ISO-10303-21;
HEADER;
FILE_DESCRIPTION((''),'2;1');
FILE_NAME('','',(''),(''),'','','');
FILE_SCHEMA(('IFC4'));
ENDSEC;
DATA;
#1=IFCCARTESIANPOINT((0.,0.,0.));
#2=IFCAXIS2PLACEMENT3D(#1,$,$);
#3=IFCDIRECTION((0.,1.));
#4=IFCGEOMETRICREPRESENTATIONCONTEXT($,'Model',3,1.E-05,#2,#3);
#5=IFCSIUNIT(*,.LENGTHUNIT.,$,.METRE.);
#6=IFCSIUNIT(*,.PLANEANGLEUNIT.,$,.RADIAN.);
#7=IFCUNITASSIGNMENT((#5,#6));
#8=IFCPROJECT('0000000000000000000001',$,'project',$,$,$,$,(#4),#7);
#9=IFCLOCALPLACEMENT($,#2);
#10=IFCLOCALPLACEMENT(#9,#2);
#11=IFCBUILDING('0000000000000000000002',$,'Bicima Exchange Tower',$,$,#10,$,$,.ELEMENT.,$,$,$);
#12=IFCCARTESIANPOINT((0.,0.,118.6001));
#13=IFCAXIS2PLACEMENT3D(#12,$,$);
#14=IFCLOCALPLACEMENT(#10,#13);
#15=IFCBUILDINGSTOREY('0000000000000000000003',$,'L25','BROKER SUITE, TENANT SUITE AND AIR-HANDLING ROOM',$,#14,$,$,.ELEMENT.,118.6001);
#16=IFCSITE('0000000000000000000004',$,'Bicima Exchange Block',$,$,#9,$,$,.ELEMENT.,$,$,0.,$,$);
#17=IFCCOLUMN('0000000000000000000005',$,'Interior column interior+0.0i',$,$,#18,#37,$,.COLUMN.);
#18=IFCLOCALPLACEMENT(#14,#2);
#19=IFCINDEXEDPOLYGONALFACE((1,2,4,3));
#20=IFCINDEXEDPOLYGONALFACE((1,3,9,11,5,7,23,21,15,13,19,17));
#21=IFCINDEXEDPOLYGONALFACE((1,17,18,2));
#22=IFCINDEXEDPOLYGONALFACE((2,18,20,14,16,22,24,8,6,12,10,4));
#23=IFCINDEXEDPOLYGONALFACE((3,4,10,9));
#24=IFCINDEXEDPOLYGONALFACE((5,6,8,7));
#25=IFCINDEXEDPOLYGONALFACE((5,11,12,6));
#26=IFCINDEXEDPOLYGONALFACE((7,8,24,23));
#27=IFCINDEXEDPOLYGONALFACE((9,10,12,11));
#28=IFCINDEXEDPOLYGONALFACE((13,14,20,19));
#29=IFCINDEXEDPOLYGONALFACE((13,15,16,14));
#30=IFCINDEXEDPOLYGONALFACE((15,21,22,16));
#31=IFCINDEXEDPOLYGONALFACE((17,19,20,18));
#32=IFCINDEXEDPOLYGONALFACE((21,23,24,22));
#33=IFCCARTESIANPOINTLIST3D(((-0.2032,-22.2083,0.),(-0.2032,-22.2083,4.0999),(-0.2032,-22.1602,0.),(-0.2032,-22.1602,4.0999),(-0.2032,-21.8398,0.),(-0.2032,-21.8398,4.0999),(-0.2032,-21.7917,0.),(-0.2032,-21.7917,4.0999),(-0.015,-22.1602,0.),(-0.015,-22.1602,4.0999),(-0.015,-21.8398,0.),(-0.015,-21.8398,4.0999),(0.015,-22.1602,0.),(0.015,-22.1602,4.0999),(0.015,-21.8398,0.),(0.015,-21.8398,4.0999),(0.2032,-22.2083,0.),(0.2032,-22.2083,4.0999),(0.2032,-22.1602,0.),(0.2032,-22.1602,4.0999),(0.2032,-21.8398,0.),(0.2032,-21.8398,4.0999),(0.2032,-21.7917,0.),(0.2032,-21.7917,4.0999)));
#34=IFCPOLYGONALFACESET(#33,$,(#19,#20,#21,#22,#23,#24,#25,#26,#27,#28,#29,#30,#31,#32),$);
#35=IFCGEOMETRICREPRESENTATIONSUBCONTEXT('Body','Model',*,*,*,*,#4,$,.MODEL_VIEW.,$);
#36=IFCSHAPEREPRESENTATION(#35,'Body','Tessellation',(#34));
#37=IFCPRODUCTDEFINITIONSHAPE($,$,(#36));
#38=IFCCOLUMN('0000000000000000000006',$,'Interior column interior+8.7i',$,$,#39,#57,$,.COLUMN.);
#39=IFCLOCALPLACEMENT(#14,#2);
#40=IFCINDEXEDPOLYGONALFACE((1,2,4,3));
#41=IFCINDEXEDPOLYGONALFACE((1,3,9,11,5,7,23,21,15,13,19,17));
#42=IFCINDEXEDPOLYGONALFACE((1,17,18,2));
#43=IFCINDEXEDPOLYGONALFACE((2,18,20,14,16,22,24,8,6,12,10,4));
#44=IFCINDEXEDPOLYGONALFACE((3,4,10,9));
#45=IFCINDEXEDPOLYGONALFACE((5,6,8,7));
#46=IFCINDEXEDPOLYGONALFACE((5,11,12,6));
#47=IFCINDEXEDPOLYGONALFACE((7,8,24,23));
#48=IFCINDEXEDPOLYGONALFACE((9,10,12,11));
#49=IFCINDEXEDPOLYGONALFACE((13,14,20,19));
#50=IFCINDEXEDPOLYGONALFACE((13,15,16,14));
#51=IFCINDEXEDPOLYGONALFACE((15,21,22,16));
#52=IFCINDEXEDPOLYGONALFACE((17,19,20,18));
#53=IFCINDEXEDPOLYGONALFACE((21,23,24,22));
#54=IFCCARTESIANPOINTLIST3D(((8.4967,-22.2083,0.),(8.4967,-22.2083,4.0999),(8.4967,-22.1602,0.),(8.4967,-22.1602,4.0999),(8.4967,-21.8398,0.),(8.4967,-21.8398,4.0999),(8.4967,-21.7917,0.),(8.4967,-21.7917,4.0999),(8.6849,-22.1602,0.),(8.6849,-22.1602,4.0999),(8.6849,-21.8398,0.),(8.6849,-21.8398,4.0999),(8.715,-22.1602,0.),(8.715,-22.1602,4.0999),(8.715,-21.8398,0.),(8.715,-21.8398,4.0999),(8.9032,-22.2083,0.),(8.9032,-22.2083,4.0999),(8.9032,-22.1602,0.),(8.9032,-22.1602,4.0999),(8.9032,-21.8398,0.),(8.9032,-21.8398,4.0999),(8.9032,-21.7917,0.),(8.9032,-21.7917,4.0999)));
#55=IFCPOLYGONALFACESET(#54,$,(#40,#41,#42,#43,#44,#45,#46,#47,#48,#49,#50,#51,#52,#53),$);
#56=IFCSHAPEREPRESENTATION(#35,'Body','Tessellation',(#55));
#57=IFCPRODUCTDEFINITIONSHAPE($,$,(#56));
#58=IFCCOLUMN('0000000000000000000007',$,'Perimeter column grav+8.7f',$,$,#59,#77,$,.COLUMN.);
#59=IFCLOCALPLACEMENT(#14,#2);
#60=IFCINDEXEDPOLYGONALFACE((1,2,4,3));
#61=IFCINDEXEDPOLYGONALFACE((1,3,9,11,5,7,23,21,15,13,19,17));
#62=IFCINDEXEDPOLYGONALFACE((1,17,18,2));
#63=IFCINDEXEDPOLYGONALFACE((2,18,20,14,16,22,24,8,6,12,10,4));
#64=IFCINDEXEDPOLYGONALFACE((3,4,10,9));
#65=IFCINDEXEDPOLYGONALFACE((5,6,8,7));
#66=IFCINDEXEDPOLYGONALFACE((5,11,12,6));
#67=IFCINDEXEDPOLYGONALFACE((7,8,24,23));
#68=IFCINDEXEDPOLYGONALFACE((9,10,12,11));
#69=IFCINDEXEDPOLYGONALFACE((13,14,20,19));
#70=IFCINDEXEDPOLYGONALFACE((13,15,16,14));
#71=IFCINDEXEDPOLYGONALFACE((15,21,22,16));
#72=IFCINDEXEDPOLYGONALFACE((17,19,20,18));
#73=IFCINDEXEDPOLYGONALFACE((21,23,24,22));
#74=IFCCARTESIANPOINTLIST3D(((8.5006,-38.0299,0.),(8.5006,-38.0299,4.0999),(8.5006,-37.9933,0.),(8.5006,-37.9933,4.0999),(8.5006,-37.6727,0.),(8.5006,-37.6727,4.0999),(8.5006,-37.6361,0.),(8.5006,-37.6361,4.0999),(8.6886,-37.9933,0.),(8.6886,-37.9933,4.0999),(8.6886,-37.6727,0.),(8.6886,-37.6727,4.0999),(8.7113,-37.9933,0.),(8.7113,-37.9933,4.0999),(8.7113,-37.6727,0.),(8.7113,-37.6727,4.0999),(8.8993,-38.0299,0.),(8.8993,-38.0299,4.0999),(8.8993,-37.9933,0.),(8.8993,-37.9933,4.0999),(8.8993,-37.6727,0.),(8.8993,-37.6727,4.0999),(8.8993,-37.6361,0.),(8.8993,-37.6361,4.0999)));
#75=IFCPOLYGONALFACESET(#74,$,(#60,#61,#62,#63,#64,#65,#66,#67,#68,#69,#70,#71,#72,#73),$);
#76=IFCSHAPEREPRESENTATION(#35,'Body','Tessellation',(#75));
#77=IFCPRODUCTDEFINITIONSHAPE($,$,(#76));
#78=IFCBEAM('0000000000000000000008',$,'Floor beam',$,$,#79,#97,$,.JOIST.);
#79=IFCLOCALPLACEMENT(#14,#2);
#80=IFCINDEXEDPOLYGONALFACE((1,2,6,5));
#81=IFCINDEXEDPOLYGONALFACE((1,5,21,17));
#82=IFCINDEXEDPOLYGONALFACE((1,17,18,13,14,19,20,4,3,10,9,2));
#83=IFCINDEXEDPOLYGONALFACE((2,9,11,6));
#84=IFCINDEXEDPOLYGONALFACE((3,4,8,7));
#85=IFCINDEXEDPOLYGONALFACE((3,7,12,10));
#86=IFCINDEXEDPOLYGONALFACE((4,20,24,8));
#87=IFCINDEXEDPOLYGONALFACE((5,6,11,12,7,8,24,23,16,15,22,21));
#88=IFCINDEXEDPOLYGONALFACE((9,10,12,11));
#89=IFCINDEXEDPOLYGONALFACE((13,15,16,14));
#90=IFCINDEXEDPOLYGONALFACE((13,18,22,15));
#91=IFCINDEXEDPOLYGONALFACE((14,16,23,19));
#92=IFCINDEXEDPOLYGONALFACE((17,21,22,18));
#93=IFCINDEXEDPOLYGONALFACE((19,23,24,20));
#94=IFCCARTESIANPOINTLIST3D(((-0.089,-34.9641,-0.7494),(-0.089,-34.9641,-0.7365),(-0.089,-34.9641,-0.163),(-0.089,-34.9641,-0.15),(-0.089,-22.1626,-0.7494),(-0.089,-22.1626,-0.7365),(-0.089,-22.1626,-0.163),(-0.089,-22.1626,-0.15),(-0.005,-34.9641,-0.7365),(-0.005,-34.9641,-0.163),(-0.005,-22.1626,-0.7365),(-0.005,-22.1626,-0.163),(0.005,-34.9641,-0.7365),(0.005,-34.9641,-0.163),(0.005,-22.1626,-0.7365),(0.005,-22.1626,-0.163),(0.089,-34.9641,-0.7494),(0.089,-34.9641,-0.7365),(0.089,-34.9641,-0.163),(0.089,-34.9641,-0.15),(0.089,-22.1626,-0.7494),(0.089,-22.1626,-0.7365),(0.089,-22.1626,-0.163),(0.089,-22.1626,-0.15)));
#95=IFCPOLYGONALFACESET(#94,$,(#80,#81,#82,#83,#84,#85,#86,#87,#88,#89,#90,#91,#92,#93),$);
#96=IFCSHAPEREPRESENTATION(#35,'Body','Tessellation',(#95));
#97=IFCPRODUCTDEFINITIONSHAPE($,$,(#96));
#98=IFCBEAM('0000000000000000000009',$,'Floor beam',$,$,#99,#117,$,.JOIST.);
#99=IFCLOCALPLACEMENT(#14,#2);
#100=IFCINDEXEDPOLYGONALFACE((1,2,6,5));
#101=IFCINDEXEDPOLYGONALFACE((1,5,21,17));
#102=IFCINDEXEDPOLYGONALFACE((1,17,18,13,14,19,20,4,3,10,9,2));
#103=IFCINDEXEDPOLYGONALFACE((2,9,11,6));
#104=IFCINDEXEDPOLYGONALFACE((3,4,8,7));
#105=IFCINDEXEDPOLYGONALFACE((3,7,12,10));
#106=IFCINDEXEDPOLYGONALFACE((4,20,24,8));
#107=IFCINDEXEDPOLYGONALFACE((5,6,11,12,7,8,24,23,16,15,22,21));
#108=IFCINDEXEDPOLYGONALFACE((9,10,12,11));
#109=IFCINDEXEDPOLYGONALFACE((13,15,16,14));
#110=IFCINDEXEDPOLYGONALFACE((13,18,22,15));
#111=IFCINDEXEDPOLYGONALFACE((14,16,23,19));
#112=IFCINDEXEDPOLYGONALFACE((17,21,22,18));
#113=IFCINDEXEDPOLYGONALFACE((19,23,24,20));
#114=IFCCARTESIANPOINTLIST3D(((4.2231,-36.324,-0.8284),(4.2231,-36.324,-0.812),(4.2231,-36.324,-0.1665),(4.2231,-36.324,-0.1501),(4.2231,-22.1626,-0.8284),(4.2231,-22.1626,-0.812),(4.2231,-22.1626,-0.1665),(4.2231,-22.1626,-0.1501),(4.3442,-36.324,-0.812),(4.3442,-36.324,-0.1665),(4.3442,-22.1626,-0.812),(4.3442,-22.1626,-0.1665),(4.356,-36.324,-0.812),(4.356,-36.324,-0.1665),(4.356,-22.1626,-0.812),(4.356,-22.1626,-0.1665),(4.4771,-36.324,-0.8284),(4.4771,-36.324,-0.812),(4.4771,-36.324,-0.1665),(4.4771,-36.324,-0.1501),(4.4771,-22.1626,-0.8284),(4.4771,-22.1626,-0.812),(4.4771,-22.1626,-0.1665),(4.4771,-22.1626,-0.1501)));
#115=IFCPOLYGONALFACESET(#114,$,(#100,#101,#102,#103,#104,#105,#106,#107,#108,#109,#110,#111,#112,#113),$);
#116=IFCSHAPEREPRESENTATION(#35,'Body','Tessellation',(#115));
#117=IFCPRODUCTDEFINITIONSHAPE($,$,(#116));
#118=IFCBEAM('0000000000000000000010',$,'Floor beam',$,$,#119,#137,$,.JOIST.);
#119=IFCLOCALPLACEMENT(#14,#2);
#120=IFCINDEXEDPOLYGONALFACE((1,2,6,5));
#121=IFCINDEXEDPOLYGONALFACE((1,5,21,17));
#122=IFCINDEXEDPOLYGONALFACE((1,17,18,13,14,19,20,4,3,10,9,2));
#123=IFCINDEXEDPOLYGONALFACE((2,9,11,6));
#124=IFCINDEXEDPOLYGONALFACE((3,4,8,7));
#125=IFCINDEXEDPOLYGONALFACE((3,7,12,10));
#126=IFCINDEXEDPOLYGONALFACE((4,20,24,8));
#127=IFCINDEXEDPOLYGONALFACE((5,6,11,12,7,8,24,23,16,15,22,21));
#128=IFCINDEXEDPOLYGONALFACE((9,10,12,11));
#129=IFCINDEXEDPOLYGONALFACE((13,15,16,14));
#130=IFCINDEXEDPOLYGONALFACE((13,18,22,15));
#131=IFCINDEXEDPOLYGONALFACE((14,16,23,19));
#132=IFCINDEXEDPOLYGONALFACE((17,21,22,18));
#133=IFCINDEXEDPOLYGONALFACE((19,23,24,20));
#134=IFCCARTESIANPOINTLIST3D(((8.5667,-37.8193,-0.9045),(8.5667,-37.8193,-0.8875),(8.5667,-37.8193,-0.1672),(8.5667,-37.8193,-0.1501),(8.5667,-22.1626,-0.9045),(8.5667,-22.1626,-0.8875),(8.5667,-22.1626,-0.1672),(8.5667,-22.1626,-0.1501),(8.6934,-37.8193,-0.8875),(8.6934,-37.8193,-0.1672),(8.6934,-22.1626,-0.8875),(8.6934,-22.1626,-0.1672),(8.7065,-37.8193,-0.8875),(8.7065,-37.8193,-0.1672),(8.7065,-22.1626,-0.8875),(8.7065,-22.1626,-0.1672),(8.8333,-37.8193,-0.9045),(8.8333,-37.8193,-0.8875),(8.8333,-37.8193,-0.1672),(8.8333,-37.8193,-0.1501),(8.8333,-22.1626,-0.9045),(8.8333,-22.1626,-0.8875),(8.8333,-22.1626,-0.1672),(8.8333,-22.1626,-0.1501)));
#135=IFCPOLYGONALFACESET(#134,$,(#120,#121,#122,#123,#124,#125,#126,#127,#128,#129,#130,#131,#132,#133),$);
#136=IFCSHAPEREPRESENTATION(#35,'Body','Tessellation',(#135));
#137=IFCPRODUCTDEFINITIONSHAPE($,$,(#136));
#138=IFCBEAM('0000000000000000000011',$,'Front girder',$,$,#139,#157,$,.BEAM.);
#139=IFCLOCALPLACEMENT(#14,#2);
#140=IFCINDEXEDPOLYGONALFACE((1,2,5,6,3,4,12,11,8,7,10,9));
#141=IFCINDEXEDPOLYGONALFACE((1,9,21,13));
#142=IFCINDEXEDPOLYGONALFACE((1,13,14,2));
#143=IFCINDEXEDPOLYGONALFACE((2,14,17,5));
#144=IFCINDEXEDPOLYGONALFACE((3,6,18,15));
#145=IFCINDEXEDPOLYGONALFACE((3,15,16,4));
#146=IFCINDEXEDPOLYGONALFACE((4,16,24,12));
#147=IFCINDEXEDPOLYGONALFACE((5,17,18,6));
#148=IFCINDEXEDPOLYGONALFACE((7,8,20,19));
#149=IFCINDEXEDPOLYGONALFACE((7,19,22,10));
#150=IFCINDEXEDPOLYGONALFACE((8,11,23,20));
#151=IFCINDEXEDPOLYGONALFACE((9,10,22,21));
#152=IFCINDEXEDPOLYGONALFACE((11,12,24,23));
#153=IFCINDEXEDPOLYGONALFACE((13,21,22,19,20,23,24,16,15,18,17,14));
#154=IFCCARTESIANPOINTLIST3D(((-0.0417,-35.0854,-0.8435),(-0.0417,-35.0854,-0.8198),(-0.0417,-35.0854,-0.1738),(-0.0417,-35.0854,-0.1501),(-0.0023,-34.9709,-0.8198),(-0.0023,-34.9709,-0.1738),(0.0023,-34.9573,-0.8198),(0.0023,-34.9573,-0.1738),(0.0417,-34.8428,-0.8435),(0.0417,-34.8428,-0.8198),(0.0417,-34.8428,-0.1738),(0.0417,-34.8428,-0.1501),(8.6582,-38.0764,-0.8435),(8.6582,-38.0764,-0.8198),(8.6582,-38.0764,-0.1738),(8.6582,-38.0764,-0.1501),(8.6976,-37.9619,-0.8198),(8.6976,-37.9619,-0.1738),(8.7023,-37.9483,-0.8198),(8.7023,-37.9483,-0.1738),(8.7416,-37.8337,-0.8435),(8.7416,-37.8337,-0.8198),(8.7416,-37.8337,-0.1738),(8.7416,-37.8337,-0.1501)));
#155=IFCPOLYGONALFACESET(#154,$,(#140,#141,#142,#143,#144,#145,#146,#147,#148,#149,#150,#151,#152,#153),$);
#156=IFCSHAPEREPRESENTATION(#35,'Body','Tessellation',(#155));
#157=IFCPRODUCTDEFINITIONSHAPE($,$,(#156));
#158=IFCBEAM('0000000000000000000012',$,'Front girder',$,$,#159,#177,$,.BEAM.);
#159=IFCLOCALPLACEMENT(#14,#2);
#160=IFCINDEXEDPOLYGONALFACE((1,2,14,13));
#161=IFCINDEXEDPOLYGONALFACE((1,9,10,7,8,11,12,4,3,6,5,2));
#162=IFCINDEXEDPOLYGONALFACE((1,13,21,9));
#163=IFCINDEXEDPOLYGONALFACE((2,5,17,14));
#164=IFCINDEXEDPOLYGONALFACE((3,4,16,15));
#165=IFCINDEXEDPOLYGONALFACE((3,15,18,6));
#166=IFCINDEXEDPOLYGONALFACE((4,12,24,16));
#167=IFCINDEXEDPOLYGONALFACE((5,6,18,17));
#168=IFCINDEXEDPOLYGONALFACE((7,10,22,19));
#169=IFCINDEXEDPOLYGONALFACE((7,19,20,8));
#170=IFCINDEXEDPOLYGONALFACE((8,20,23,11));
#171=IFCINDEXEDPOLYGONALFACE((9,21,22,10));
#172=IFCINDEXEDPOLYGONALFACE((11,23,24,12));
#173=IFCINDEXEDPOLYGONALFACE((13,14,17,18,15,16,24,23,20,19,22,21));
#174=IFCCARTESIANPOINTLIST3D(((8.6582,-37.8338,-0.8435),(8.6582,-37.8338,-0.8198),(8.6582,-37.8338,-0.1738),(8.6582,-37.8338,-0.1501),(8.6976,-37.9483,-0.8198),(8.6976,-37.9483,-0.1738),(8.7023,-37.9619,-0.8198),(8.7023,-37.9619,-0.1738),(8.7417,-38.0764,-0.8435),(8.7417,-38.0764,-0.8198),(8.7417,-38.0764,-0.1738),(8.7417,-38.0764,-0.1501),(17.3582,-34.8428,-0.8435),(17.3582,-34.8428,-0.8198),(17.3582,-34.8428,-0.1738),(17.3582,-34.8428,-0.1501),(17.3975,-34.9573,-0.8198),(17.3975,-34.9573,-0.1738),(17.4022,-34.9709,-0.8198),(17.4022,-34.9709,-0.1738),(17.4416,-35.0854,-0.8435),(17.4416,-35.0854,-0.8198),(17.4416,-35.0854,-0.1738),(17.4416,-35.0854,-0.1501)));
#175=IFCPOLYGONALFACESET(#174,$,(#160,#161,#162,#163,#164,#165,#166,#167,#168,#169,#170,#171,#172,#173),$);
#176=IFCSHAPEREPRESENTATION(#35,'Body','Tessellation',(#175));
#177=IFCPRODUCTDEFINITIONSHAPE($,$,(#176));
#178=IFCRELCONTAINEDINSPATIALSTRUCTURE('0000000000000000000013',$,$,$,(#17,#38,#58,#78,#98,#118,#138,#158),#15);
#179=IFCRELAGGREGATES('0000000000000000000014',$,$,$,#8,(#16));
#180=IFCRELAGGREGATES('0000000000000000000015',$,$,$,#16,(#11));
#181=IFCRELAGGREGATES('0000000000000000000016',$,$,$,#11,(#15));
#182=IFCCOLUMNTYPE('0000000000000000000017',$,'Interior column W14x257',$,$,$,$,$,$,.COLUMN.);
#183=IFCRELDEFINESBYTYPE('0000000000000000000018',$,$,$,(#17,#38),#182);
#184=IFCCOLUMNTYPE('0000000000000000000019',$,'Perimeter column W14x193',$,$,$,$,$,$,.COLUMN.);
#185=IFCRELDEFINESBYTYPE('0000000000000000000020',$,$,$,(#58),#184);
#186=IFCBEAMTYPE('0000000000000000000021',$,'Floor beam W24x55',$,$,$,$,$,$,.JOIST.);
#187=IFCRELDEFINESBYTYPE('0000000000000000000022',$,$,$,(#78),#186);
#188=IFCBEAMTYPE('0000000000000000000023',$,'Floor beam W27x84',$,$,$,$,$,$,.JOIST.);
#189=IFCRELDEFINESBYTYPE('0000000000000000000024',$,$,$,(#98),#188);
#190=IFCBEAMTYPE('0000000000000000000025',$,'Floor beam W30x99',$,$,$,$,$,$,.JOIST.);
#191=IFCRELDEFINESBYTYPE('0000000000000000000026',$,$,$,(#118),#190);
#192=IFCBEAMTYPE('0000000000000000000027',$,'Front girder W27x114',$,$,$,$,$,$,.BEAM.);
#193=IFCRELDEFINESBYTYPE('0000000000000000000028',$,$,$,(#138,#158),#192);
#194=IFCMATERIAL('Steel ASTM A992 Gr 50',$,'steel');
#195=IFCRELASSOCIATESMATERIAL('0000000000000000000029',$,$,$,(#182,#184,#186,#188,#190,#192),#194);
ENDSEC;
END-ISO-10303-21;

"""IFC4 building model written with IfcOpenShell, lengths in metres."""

from ifc_helpers import new_model, si_unit, direction, frame, origin, origin_2d, place, context, subcontext, project, spatial, i_section, extrude, material, material_profile, profile_set, type_object, element, save


model = new_model("IFC4")

# Units and contexts
model_context = context("Model", 3, precision=1e-05, world=origin(), true_north=direction((0.0, 1.0)))
body_context = subcontext(model_context, "Body", "Model", "MODEL_VIEW")
ifc_project = project(units=[si_unit("LENGTHUNIT", "METRE"), si_unit("PLANEANGLEUNIT", "RADIAN")], contexts=[model_context])

# Site, building, storey
site_placement = place(None, origin())
site = spatial("IfcSite", under=ifc_project, at=site_placement, Name="Bicima Exchange Block", CompositionType="ELEMENT", RefElevation=0.0)
building_placement = place(site_placement, origin())
building = spatial("IfcBuilding", under=site, at=building_placement, Name="Bicima Exchange Tower", CompositionType="ELEMENT")
storey_placement = place(building_placement, frame((0.0, 0.0, 118.6001)))
storey = spatial("IfcBuildingStorey", under=building, at=storey_placement, Name="L25", Description="BROKER SUITE, TENANT SUITE AND AIR-HANDLING ROOM", CompositionType="ELEMENT", Elevation=118.6001)

# Columns
ifc_material_1 = material(Name="Steel ASTM A992 Gr 50", Category="steel")
ifc_material_profile_1 = material_profile(ifc_material_1, i_section(OverallWidth=0.4065, OverallDepth=0.4165, WebThickness=0.03, FlangeThickness=0.0481, at=origin_2d()))
ifc_profile_set_1 = profile_set([ifc_material_profile_1], Name="Steel ASTM A992 Gr 50")
column_type_1 = type_object("IfcColumnType", Name="Interior column W14x257", PredefinedType="COLUMN", material=ifc_profile_set_1)
for number, where, z_axis, x_axis, name in (
    (1, (0.0, -22.0, 0.0), (0.0, 0.0, 1.0), (1.0, 0.0, 0.0), "Interior column interior+0.0i"),
    (2, (8.7, -22.0, 0.0), (0.0, 0.0, 1.0), (1.0, 0.0, 0.0), "Interior column interior+8.7i"),
):
    element("IfcColumn", number, at=place(storey_placement, frame(where, z_axis=z_axis, x_axis=x_axis)), inside=storey, type_object=column_type_1, Name=name, PredefinedType="COLUMN", context=body_context, shape_type="SweptSolid", body=[
        extrude(i_section(OverallWidth=0.4065, OverallDepth=0.4165, WebThickness=0.03, FlangeThickness=0.0481, at=origin_2d()), origin(), (0.0, 0.0, 1.0), 4.0999),
    ])
ifc_material_profile_2 = material_profile(ifc_material_1, i_section(OverallWidth=0.3987, OverallDepth=0.3938, WebThickness=0.0227, FlangeThickness=0.0366, at=origin_2d()))
ifc_profile_set_2 = profile_set([ifc_material_profile_2], Name="Steel ASTM A992 Gr 50")
column_type_2 = type_object("IfcColumnType", Name="Perimeter column W14x193", PredefinedType="COLUMN", material=ifc_profile_set_2)
column_placement = place(storey_placement, frame((8.7, -37.833, 0.0), z_axis=(0.0, 0.0, 1.0), x_axis=(1.0, 0.0, 0.0)))
element("IfcColumn", 3, at=column_placement, inside=storey, type_object=column_type_2, Name="Perimeter column grav+8.7f", PredefinedType="COLUMN", context=body_context, shape_type="SweptSolid", body=[
    extrude(i_section(OverallWidth=0.3987, OverallDepth=0.3938, WebThickness=0.0227, FlangeThickness=0.0366, at=origin_2d()), origin(), (0.0, 0.0, 1.0), 4.0999),
])

# Beams
ifc_material_profile_3 = material_profile(ifc_material_1, i_section(OverallWidth=0.178, OverallDepth=0.5994, WebThickness=0.01, FlangeThickness=0.0129, at=origin_2d()))
ifc_profile_set_3 = profile_set([ifc_material_profile_3], Name="Steel ASTM A992 Gr 50")
beam_type_1 = type_object("IfcBeamType", Name="Floor beam W24x55", PredefinedType="JOIST", material=ifc_profile_set_3)
beam_1_placement = place(storey_placement, frame((0.0, -22.1626, -0.4497), z_axis=(0.0, -1.0, 0.0), x_axis=(1.0, 0.0, 0.0)))
element("IfcBeam", 4, at=beam_1_placement, inside=storey, type_object=beam_type_1, Name="Floor beam", PredefinedType="JOIST", context=body_context, shape_type="SweptSolid", body=[
    extrude(i_section(OverallWidth=0.178, OverallDepth=0.5994, WebThickness=0.01, FlangeThickness=0.0129, at=origin_2d()), origin(), (0.0, 0.0, 1.0), 12.8015),
])
ifc_material_profile_4 = material_profile(ifc_material_1, i_section(OverallWidth=0.2539, OverallDepth=0.6782, WebThickness=0.0117, FlangeThickness=0.0164, at=origin_2d()))
ifc_profile_set_4 = profile_set([ifc_material_profile_4], Name="Steel ASTM A992 Gr 50")
beam_type_2 = type_object("IfcBeamType", Name="Floor beam W27x84", PredefinedType="JOIST", material=ifc_profile_set_4)
beam_2_placement = place(storey_placement, frame((4.3501, -22.1626, -0.4893), z_axis=(0.0, -1.0, 0.0), x_axis=(1.0, 0.0, 0.0)))
element("IfcBeam", 5, at=beam_2_placement, inside=storey, type_object=beam_type_2, Name="Floor beam", PredefinedType="JOIST", context=body_context, shape_type="SweptSolid", body=[
    extrude(i_section(OverallWidth=0.2539, OverallDepth=0.6782, WebThickness=0.0117, FlangeThickness=0.0164, at=origin_2d()), origin(), (0.0, 0.0, 1.0), 14.1614),
])
ifc_material_profile_5 = material_profile(ifc_material_1, i_section(OverallWidth=0.2666, OverallDepth=0.7544, WebThickness=0.0132, FlangeThickness=0.0171, at=origin_2d()))
ifc_profile_set_5 = profile_set([ifc_material_profile_5], Name="Steel ASTM A992 Gr 50")
beam_type_3 = type_object("IfcBeamType", Name="Floor beam W30x99", PredefinedType="JOIST", material=ifc_profile_set_5)
beam_3_placement = place(storey_placement, frame((8.7, -22.1626, -0.5273), z_axis=(0.0, -1.0, 0.0), x_axis=(1.0, 0.0, 0.0)))
element("IfcBeam", 6, at=beam_3_placement, inside=storey, type_object=beam_type_3, Name="Floor beam", PredefinedType="JOIST", context=body_context, shape_type="SweptSolid", body=[
    extrude(i_section(OverallWidth=0.2666, OverallDepth=0.7544, WebThickness=0.0132, FlangeThickness=0.0171, at=origin_2d()), origin(), (0.0, 0.0, 1.0), 15.6567),
])
ifc_material_profile_6 = material_profile(ifc_material_1, i_section(OverallWidth=0.2566, OverallDepth=0.6934, WebThickness=0.0144, FlangeThickness=0.0237, at=origin_2d()))
ifc_profile_set_6 = profile_set([ifc_material_profile_6], Name="Steel ASTM A992 Gr 50")
beam_type_4 = type_object("IfcBeamType", Name="Front girder W27x114", PredefinedType="BEAM", material=ifc_profile_set_6)
for number, where, z_axis, x_axis, name in (
    (7, (0.0, -34.9641, -0.4968), (0.945675, -0.325115, 0.0), (0.325115, 0.945675, 0.0), "Front girder"),
    (8, (8.7, -37.9551, -0.4968), (0.945675, 0.325115, 0.0), (-0.325115, 0.945675, 0.0), "Front girder"),
):
    element("IfcBeam", number, at=place(storey_placement, frame(where, z_axis=z_axis, x_axis=x_axis)), inside=storey, type_object=beam_type_4, Name=name, PredefinedType="BEAM", context=body_context, shape_type="SweptSolid", body=[
        extrude(i_section(OverallWidth=0.2566, OverallDepth=0.6934, WebThickness=0.0144, FlangeThickness=0.0237, at=origin_2d()), origin(), (0.0, 0.0, 1.0), 9.1997),
    ])

save(model, "model.ifc")
